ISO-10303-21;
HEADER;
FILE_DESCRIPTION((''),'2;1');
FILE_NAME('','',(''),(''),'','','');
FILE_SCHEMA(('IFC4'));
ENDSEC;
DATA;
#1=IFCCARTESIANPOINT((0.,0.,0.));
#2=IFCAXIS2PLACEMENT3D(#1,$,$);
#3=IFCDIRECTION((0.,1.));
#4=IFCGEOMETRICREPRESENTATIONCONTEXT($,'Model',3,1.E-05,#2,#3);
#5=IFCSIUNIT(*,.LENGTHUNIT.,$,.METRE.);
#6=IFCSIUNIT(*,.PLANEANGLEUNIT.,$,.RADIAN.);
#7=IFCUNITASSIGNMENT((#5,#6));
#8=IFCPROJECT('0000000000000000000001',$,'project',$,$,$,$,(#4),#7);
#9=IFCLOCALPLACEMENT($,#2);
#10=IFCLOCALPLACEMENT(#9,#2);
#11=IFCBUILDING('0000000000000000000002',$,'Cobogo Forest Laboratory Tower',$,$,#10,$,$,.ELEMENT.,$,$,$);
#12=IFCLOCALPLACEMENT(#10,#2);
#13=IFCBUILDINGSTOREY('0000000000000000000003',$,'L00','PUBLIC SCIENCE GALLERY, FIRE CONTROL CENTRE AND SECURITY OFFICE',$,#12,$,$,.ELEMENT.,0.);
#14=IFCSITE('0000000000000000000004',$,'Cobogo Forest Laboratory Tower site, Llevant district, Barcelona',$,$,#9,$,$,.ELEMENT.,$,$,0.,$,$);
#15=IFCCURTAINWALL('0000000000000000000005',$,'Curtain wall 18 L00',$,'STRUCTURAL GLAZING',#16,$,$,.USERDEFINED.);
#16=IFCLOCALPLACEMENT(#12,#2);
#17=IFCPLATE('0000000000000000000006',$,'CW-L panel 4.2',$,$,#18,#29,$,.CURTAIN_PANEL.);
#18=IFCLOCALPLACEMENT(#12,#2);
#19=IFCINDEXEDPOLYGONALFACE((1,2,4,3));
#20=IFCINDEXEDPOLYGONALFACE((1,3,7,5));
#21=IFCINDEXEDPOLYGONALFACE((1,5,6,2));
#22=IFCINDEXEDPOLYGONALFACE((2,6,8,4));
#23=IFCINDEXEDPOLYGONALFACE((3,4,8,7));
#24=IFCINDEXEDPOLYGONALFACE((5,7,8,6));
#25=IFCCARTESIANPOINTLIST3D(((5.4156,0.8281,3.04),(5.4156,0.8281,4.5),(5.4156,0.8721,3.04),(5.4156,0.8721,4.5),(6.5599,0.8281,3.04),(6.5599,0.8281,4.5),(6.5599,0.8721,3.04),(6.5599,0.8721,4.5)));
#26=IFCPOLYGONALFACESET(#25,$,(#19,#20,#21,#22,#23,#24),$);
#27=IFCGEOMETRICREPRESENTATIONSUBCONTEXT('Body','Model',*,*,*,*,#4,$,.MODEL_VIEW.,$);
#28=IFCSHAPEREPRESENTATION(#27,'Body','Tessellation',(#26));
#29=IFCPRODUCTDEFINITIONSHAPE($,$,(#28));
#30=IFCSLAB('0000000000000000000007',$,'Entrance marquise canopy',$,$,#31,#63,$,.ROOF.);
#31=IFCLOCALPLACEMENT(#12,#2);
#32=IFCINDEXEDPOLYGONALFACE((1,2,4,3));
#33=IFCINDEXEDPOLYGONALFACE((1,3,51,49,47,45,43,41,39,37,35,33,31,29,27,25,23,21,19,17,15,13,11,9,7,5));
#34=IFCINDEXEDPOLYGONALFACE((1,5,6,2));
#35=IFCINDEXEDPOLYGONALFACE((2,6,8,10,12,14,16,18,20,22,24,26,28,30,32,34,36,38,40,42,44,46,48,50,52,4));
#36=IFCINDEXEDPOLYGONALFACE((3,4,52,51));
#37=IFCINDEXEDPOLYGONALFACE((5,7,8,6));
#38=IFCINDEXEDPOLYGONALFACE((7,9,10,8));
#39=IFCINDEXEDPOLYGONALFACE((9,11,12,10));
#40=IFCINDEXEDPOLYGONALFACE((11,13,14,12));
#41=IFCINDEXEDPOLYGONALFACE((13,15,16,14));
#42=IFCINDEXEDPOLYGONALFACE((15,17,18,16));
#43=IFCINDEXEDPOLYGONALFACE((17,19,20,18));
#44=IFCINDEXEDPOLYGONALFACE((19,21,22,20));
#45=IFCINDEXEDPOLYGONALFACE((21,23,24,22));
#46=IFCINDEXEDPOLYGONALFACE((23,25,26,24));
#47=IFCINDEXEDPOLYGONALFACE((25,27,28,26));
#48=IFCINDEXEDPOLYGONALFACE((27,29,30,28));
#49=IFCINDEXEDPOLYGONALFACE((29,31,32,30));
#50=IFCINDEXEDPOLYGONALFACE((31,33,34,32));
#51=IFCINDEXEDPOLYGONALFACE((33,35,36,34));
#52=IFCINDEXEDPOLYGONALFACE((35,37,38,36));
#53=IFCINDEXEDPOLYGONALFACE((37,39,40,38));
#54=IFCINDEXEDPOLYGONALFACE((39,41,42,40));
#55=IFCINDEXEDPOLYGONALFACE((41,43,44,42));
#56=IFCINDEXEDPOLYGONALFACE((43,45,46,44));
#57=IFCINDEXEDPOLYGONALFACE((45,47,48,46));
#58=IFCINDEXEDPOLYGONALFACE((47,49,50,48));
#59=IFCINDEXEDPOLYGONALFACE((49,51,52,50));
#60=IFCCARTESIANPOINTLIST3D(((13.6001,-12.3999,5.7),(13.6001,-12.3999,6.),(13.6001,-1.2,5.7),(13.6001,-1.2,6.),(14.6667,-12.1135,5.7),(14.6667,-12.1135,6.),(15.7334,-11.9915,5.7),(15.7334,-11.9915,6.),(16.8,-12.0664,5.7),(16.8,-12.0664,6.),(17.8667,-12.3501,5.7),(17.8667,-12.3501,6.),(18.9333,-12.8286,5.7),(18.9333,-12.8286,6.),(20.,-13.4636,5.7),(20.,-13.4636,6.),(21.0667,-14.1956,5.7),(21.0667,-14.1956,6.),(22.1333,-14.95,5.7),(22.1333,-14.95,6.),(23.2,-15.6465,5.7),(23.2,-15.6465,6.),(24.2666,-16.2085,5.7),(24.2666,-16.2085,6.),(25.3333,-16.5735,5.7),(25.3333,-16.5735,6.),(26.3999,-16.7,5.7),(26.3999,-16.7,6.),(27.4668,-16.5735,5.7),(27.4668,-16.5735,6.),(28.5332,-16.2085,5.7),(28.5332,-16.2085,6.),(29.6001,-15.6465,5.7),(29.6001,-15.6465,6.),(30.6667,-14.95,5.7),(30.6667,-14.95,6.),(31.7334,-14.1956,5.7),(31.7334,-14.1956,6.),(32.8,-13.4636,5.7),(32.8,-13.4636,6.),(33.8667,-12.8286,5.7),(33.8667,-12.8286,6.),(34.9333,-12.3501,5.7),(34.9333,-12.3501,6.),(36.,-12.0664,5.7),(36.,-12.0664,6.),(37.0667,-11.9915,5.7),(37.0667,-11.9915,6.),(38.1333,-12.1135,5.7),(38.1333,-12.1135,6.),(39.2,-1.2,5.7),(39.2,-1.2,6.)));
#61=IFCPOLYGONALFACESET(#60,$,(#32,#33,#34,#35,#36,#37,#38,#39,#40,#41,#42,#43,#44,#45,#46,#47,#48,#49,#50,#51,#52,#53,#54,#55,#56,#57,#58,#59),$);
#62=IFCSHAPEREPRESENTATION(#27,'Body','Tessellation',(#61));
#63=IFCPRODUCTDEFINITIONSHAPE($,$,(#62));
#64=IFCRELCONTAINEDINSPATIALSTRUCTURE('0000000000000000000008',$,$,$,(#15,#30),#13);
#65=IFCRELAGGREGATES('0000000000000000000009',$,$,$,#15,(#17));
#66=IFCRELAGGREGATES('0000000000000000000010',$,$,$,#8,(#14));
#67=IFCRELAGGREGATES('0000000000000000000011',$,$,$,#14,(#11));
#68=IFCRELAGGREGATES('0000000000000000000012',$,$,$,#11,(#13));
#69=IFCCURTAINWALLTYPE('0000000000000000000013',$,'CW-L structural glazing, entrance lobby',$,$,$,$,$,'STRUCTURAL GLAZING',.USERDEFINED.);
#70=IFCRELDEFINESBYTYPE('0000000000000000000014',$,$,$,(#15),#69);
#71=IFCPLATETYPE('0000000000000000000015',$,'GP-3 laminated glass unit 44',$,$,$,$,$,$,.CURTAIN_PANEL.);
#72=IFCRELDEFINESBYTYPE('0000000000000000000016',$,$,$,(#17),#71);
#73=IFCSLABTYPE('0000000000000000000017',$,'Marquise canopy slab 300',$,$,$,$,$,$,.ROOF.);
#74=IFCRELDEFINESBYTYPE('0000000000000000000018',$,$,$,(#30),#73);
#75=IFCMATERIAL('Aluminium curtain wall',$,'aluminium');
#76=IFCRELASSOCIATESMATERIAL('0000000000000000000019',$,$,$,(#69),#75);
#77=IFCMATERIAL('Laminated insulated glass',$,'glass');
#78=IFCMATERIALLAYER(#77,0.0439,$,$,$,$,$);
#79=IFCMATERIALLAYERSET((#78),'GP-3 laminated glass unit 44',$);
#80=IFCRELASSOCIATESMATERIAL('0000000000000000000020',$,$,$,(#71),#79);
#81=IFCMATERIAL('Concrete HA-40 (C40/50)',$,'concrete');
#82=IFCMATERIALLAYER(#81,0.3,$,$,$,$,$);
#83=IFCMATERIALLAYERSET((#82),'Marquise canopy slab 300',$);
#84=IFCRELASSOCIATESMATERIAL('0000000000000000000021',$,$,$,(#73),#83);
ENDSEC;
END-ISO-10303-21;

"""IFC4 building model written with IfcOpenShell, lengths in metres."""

from ifc_helpers import new_model, si_unit, direction, frame, origin, origin_2d, place, context, subcontext, project, spatial, polyline, rectangle, outline, extrude, material, layer, layer_set, type_object, element, aggregate, save


model = new_model("IFC4")

# Units and contexts
model_context = context("Model", 3, precision=1e-05, world=origin(), true_north=direction((0.0, 1.0)))
body_context = subcontext(model_context, "Body", "Model", "MODEL_VIEW")
ifc_project = project(units=[si_unit("LENGTHUNIT", "METRE"), si_unit("PLANEANGLEUNIT", "RADIAN")], contexts=[model_context])

# Site, building, storey
site_placement = place(None, origin())
site = spatial("IfcSite", under=ifc_project, at=site_placement, Name="Cobogo Forest Laboratory Tower site, Llevant district, Barcelona", CompositionType="ELEMENT", RefElevation=0.0)
building_placement = place(site_placement, origin())
building = spatial("IfcBuilding", under=site, at=building_placement, Name="Cobogo Forest Laboratory Tower", CompositionType="ELEMENT")
storey_placement = place(building_placement, origin())
storey = spatial("IfcBuildingStorey", under=building, at=storey_placement, Name="L00", Description="PUBLIC SCIENCE GALLERY, FIRE CONTROL CENTRE AND SECURITY OFFICE", CompositionType="ELEMENT", Elevation=0.0)

# Shared definitions
ifc_material_1 = material(Name="Aluminium curtain wall", Category="aluminium")
curtain_wall_type = type_object("IfcCurtainWallType", Name="CW-L structural glazing, entrance lobby", ElementType="STRUCTURAL GLAZING", PredefinedType="USERDEFINED", material=ifc_material_1)

# Curtain wall
curtain_wall_1_placement = place(storey_placement, origin())
curtain_wall_1 = element("IfcCurtainWall", 1, at=curtain_wall_1_placement, inside=storey, type_object=curtain_wall_type, Name="Curtain wall 18 L00", ObjectType="STRUCTURAL GLAZING", PredefinedType="USERDEFINED")

# Shared definitions
ifc_material_2 = material(Name="Concrete HA-40 (C40/50)", Category="concrete")

# Plate
ifc_material_3 = material(Name="Laminated insulated glass", Category="glass")
ifc_layer_1 = layer(ifc_material_3, 0.0439)
ifc_layer_set_1 = layer_set([ifc_layer_1], Name="GP-3 laminated glass unit 44")
plate_type = type_object("IfcPlateType", Name="GP-3 laminated glass unit 44", PredefinedType="CURTAIN_PANEL", material=ifc_layer_set_1)
plate_1_placement = place(storey_placement, frame((5.9878, 0.8501, 3.04), z_axis=(0.0, 0.0, 1.0), x_axis=(-1.0, 0.0, 0.0)))
plate_1 = element("IfcPlate", 2, at=plate_1_placement, type_object=plate_type, Name="CW-L panel 4.2", PredefinedType="CURTAIN_PANEL", context=body_context, shape_type="SweptSolid", body=[
    extrude(rectangle(XDim=1.1443, YDim=0.0439, at=origin_2d()), origin(), (0.0, 0.0, 1.0), 1.46),
])
aggregate(curtain_wall_1, [plate_1])

# Slab
ifc_layer_2 = layer(ifc_material_2, 0.3)
ifc_layer_set_2 = layer_set([ifc_layer_2], Name="Marquise canopy slab 300")
slab_type_1 = type_object("IfcSlabType", Name="Marquise canopy slab 300", PredefinedType="ROOF", material=ifc_layer_set_2)
slab_1_placement = place(storey_placement, frame((0.0, 0.0, 5.7)))
element("IfcSlab", 3, at=slab_1_placement, inside=storey, type_object=slab_type_1, Name="Entrance marquise canopy", PredefinedType="ROOF", context=body_context, shape_type="SweptSolid", body=[
    extrude(outline(polyline([(13.6001, -1.2), (39.2, -1.2), (38.1333, -12.1135), (37.0667, -11.9915), (36.0, -12.0664), (34.9333, -12.3501), (33.8667, -12.8286), (32.8, -13.4636), (31.7334, -14.1956), (30.6667, -14.95), (29.6001, -15.6465), (28.5332, -16.2085), (27.4668, -16.5735), (26.3999, -16.7), (25.3333, -16.5735), (24.2666, -16.2085), (23.2, -15.6465), (22.1333, -14.95), (21.0667, -14.1956), (20.0, -13.4636), (18.9333, -12.8286), (17.8667, -12.3501), (16.8, -12.0664), (15.7334, -11.9915), (14.6667, -12.1135), (13.6001, -12.3999), (13.6001, -1.2)])), origin(), (0.0, 0.0, 1.0), 0.3),
])

save(model, "model.ifc")
